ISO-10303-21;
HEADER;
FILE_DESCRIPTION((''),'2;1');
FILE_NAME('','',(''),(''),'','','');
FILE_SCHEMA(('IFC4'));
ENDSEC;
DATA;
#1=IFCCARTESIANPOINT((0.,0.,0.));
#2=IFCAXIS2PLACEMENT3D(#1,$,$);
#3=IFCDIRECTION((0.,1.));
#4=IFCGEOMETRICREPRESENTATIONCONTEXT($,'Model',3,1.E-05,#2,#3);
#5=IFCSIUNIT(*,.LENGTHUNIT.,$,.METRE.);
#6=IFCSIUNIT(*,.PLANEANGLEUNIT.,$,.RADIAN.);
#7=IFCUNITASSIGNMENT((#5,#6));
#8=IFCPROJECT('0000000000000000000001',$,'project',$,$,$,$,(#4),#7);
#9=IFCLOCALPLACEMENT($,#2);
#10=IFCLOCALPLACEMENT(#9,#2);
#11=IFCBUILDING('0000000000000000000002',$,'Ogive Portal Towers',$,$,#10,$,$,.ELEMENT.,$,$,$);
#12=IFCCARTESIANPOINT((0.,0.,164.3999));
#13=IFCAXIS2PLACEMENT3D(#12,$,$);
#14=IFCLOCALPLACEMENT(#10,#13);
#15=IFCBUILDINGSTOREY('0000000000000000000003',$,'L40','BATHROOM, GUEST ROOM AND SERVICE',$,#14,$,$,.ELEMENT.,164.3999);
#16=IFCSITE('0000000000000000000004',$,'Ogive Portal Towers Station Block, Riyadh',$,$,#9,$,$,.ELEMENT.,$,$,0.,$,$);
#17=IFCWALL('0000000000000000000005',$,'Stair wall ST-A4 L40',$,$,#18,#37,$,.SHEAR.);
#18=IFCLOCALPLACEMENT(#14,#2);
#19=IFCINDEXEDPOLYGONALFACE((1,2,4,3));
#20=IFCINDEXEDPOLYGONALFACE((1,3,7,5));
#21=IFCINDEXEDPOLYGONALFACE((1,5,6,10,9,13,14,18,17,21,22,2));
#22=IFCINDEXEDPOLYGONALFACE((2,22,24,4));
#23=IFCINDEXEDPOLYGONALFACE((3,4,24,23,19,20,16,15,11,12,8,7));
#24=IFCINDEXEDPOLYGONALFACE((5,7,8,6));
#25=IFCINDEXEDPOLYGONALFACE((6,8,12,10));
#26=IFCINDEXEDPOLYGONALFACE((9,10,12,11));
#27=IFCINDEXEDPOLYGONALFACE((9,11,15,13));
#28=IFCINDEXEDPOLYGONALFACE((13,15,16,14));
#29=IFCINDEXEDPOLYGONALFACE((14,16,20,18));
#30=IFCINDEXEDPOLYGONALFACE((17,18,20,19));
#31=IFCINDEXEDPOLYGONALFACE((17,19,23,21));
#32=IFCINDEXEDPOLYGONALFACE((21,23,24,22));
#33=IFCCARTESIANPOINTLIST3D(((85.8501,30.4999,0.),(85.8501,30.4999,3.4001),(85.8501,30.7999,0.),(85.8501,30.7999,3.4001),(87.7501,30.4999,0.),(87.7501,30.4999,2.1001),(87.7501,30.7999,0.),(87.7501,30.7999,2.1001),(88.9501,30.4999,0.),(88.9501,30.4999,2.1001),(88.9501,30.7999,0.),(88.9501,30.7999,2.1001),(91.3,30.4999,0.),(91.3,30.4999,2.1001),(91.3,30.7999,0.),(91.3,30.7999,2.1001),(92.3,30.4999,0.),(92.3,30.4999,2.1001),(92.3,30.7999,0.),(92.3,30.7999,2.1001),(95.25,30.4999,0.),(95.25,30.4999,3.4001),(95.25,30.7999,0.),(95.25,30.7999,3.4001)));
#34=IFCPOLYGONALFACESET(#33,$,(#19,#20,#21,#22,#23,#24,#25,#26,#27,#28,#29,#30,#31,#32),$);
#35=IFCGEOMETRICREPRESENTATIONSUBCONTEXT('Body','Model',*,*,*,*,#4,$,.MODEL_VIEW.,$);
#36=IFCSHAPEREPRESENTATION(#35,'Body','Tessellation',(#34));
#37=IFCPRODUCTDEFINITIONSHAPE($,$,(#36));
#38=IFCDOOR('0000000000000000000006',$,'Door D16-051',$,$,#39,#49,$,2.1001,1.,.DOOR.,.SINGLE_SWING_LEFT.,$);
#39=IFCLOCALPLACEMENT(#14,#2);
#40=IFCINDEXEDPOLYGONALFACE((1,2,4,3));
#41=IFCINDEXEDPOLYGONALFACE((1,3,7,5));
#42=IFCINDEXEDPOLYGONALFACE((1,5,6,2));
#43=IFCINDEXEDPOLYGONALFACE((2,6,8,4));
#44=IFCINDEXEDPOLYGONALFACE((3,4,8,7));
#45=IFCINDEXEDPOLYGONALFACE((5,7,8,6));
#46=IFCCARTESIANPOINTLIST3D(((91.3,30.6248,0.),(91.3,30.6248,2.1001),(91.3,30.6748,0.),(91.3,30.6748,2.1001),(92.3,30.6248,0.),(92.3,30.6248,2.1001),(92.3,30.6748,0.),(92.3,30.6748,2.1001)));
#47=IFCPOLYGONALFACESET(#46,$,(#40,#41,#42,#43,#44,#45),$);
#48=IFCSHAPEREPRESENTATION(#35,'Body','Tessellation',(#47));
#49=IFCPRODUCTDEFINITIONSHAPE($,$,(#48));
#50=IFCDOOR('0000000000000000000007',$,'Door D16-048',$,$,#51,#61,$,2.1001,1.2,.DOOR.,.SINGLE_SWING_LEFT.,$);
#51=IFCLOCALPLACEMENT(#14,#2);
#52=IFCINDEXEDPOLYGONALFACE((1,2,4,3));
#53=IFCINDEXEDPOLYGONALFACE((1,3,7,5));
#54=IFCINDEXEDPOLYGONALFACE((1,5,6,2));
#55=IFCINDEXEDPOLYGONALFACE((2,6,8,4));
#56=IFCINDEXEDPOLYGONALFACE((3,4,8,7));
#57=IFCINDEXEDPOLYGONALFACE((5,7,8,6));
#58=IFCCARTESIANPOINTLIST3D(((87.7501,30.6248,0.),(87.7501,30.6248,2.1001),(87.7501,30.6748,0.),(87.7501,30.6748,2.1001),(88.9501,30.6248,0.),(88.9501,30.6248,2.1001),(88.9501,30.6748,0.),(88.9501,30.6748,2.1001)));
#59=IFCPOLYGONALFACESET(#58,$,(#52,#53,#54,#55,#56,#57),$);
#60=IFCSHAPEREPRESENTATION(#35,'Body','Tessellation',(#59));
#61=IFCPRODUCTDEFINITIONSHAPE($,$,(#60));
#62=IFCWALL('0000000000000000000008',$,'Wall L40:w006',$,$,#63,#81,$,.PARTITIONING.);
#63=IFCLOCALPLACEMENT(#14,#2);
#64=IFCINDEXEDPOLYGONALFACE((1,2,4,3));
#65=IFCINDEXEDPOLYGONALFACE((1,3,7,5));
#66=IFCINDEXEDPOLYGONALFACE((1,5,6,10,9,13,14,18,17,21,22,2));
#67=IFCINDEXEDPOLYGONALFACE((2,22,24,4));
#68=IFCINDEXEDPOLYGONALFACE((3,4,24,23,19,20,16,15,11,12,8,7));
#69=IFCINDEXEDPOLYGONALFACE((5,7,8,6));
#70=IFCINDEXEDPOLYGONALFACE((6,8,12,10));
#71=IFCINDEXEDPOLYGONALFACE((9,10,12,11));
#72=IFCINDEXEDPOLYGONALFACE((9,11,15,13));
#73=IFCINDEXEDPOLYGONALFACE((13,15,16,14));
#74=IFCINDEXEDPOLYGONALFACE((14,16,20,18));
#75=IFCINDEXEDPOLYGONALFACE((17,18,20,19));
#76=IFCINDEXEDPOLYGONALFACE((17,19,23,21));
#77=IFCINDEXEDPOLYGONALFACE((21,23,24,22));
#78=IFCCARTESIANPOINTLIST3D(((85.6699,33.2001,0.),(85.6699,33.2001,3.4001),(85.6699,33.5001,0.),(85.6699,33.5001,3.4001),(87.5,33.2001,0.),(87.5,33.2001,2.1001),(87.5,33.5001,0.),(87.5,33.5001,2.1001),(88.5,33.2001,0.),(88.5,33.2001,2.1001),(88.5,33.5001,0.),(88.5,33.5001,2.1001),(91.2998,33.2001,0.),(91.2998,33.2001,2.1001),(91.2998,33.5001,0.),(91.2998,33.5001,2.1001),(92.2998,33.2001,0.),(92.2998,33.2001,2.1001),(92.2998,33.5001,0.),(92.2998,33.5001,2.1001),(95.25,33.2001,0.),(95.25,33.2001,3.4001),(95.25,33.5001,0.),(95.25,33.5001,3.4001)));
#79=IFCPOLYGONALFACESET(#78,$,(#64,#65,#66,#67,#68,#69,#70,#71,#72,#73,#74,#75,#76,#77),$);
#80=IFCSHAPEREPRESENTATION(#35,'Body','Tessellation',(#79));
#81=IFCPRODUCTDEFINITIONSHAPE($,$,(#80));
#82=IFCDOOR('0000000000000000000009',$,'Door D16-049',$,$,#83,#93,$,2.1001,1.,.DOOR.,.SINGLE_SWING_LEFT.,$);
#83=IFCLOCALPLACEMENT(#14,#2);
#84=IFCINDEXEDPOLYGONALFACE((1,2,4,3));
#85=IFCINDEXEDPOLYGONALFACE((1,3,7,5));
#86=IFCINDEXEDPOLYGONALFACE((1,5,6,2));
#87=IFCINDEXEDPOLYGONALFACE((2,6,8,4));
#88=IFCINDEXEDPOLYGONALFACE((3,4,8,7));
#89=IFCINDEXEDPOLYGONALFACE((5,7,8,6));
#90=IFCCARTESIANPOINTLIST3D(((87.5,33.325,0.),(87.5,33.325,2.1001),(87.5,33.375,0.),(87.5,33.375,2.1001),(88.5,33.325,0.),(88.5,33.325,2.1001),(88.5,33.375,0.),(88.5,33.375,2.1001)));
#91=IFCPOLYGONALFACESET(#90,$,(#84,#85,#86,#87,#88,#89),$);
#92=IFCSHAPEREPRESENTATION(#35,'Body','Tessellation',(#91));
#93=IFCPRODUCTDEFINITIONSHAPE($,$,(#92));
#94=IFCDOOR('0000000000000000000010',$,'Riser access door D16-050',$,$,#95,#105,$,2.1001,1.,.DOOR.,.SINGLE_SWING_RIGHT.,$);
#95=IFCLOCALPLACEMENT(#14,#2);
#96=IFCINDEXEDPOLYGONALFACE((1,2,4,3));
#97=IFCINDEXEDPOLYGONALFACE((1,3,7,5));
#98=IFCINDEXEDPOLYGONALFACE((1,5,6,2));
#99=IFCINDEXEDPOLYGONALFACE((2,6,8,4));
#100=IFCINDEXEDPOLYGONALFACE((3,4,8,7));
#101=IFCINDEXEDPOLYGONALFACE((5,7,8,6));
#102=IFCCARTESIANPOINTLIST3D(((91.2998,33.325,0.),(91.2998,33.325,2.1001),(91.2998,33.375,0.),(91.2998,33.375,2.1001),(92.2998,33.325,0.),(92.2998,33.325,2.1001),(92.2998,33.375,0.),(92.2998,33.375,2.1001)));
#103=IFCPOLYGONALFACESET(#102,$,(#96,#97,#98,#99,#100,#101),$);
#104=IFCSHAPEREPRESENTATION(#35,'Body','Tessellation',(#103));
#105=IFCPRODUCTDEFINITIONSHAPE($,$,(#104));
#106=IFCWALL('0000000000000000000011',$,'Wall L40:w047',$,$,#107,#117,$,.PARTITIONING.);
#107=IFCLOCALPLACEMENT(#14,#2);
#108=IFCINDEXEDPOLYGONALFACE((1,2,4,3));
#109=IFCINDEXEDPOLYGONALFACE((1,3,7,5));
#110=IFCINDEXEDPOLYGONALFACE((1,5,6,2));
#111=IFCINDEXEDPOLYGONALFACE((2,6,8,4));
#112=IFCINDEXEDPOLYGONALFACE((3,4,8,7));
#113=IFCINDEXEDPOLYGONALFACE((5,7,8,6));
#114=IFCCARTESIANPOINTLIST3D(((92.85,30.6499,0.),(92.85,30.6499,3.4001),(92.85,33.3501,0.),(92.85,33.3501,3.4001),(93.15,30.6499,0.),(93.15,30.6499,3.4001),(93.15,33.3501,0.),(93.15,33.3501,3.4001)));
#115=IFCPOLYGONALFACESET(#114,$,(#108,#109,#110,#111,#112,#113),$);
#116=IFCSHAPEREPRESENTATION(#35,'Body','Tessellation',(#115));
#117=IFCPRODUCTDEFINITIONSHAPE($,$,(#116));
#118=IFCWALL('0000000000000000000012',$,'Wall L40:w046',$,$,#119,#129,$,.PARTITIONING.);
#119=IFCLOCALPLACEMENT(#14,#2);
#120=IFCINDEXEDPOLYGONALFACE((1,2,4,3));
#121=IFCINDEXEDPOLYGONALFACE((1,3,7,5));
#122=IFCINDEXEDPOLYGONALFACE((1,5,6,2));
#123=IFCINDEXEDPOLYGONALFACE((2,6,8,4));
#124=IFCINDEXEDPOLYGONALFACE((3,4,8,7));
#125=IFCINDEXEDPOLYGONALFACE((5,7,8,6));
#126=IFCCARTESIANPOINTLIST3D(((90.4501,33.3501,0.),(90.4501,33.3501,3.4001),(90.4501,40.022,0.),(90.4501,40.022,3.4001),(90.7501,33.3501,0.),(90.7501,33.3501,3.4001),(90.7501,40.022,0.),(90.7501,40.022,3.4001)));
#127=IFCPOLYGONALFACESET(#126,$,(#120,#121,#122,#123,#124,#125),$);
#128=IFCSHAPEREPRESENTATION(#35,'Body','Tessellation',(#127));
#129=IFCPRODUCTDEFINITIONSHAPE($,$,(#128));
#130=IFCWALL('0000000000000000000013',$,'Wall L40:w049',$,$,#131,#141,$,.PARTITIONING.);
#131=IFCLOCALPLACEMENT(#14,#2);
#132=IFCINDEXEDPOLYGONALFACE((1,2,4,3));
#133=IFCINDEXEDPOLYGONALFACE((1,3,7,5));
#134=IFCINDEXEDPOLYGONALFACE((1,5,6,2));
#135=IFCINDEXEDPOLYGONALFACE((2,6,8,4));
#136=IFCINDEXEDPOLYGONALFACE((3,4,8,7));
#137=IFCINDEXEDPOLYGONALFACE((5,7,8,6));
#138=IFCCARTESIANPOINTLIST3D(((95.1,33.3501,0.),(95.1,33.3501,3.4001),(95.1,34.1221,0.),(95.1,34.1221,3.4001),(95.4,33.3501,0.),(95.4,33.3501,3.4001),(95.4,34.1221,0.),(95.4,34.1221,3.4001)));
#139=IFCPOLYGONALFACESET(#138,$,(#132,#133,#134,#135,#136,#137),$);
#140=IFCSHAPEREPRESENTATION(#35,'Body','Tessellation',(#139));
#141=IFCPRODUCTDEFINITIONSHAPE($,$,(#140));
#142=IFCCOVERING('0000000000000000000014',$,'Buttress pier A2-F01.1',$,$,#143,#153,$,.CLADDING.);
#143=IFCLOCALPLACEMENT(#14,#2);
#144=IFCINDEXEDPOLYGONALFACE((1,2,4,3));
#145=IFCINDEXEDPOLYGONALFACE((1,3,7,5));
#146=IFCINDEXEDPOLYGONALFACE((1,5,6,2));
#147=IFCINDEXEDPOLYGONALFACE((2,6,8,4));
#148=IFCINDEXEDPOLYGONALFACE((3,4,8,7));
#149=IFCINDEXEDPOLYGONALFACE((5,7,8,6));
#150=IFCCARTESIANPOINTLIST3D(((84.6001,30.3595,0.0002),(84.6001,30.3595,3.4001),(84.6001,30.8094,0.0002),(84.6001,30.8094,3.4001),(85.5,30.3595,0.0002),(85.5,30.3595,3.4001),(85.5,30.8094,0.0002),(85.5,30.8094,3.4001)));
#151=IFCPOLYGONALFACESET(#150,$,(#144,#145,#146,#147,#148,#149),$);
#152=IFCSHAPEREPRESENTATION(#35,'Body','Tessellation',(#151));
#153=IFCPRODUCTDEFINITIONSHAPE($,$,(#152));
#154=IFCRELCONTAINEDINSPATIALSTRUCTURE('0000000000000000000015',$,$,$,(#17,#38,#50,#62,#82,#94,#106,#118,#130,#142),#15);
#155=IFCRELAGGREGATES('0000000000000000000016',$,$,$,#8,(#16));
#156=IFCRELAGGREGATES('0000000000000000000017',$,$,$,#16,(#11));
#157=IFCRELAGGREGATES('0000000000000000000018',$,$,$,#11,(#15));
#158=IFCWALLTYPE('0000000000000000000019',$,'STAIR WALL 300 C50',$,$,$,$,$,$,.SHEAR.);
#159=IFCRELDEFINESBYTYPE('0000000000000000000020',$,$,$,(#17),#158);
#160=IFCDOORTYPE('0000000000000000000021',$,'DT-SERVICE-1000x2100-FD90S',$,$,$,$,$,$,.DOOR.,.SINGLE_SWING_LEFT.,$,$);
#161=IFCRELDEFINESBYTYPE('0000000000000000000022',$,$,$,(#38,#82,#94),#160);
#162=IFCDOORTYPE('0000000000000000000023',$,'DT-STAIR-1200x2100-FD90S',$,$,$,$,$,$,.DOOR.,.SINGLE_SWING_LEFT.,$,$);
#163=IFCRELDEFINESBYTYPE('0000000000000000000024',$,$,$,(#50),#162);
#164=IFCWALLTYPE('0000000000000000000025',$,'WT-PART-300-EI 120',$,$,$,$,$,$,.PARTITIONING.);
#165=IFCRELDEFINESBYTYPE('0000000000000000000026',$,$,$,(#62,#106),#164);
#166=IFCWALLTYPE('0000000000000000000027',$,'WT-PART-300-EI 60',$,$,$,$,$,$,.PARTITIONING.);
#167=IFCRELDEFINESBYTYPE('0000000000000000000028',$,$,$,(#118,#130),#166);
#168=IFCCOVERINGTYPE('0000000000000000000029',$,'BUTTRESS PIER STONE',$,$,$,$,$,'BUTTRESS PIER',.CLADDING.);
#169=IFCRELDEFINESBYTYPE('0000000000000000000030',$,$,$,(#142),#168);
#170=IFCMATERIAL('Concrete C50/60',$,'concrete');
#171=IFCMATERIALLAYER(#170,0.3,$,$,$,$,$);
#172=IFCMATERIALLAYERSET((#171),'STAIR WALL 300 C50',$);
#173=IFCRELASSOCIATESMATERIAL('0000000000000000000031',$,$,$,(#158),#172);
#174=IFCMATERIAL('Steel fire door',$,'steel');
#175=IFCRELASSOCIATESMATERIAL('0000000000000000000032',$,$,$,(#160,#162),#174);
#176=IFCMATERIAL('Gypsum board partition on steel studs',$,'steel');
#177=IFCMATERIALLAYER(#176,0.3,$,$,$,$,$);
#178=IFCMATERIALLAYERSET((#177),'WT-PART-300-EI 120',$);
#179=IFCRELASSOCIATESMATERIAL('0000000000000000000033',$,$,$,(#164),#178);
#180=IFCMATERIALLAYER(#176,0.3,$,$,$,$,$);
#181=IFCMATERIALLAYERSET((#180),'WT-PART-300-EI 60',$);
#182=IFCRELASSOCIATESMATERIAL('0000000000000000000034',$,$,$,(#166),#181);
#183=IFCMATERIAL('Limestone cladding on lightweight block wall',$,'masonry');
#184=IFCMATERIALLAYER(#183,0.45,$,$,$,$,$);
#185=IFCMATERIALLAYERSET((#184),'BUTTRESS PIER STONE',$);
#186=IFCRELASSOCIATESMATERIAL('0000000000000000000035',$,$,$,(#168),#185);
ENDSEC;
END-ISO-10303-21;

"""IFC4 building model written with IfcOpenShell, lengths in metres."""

from ifc_helpers import new_model, si_unit, direction, frame, frame_2d, origin, origin_2d, place, context, subcontext, project, spatial, rectangle, extrude, material, layer, layer_set, type_object, element, fill, save


model = new_model("IFC4")

# Units and contexts
model_context = context("Model", 3, precision=1e-05, world=origin(), true_north=direction((0.0, 1.0)))
body_context = subcontext(model_context, "Body", "Model", "MODEL_VIEW")
ifc_project = project(units=[si_unit("LENGTHUNIT", "METRE"), si_unit("PLANEANGLEUNIT", "RADIAN")], contexts=[model_context])

# Site, building, storey
site_placement = place(None, origin())
site = spatial("IfcSite", under=ifc_project, at=site_placement, Name="Ogive Portal Towers Station Block, Riyadh", CompositionType="ELEMENT", RefElevation=0.0)
building_placement = place(site_placement, origin())
building = spatial("IfcBuilding", under=site, at=building_placement, Name="Ogive Portal Towers", CompositionType="ELEMENT")
storey_placement = place(building_placement, frame((0.0, 0.0, 164.3999)))
storey = spatial("IfcBuildingStorey", under=building, at=storey_placement, Name="L40", Description="BATHROOM, GUEST ROOM AND SERVICE", CompositionType="ELEMENT", Elevation=164.3999)

# Walls, openings, doors
ifc_material_1 = material(Name="Concrete C50/60", Category="concrete")
ifc_layer_1 = layer(ifc_material_1, 0.3)
ifc_layer_set_1 = layer_set([ifc_layer_1], Name="STAIR WALL 300 C50")
wall_type_1 = type_object("IfcWallType", Name="STAIR WALL 300 C50", PredefinedType="SHEAR", material=ifc_layer_set_1)
wall_1_placement = place(storey_placement, frame((85.8501, 30.6499, 0.0), z_axis=(0.0, 0.0, 1.0), x_axis=(1.0, 0.0, 0.0)))
wall_1 = element("IfcWall", 1, at=wall_1_placement, inside=storey, type_object=wall_type_1, Name="Stair wall ST-A4 L40", PredefinedType="SHEAR", context=body_context, shape_type="SweptSolid", body=[
    extrude(rectangle(XDim=9.3999, YDim=0.3, at=frame_2d((4.7, 0.0))), origin(), (0.0, 0.0, 1.0), 3.4001),
])
opening_1_placement = place(wall_1_placement, frame((1.8999, 0.0, 0.0)))
opening_1 = element("IfcOpeningElement", 2, at=opening_1_placement, cuts=wall_1, PredefinedType="OPENING", context=body_context, shape_type="SweptSolid", body=[
    extrude(rectangle(XDim=1.2, YDim=2.1001, at=frame_2d((0.6001, 1.05))), frame((0.0, 0.1602, 0.0), z_axis=(0.0, -1.0, 0.0), x_axis=(1.0, 0.0, 0.0)), (0.0, 0.0, 1.0), 0.3201),
])
opening_2_placement = place(wall_1_placement, frame((5.45, 0.0, 0.0)))
opening_2 = element("IfcOpeningElement", 3, at=opening_2_placement, cuts=wall_1, PredefinedType="OPENING", context=body_context, shape_type="SweptSolid", body=[
    extrude(rectangle(XDim=1.0, YDim=2.1001, at=frame_2d((0.5, 1.05))), frame((0.0, 0.1602, 0.0), z_axis=(0.0, -1.0, 0.0), x_axis=(1.0, 0.0, 0.0)), (0.0, 0.0, 1.0), 0.3201),
])
ifc_material_2 = material(Name="Steel fire door", Category="steel")
door_type_1 = type_object("IfcDoorType", Name="DT-SERVICE-1000x2100-FD90S", OperationType="SINGLE_SWING_LEFT", PredefinedType="DOOR", material=ifc_material_2)
door_1_placement = place(opening_2_placement, origin())
door_1 = element("IfcDoor", 4, at=door_1_placement, inside=storey, type_object=door_type_1, Name="Door D16-051", OperationType="SINGLE_SWING_LEFT", OverallHeight=2.1001, OverallWidth=1.0, PredefinedType="DOOR", context=body_context, shape_type="SweptSolid", body=[
    extrude(rectangle(XDim=1.0, YDim=2.1001, at=frame_2d((0.5, 1.05))), frame((0.0, 0.0249, 0.0), z_axis=(0.0, -1.0, 0.0), x_axis=(1.0, 0.0, 0.0)), (0.0, 0.0, 1.0), 0.05),
])
fill(opening_2, door_1)
door_type_2 = type_object("IfcDoorType", Name="DT-STAIR-1200x2100-FD90S", OperationType="SINGLE_SWING_LEFT", PredefinedType="DOOR", material=ifc_material_2)
door_2_placement = place(opening_1_placement, origin())
door_2 = element("IfcDoor", 5, at=door_2_placement, inside=storey, type_object=door_type_2, Name="Door D16-048", OperationType="SINGLE_SWING_LEFT", OverallHeight=2.1001, OverallWidth=1.2, PredefinedType="DOOR", context=body_context, shape_type="SweptSolid", body=[
    extrude(rectangle(XDim=1.2, YDim=2.1001, at=frame_2d((0.6001, 1.05))), frame((0.0, 0.0249, 0.0), z_axis=(0.0, -1.0, 0.0), x_axis=(1.0, 0.0, 0.0)), (0.0, 0.0, 1.0), 0.05),
])
fill(opening_1, door_2)
ifc_material_3 = material(Name="Gypsum board partition on steel studs", Category="steel")
ifc_layer_2 = layer(ifc_material_3, 0.3)
ifc_layer_set_2 = layer_set([ifc_layer_2], Name="WT-PART-300-EI 120")
wall_type_2 = type_object("IfcWallType", Name="WT-PART-300-EI 120", PredefinedType="PARTITIONING", material=ifc_layer_set_2)
wall_2_placement = place(storey_placement, frame((85.6699, 33.3501, 0.0), z_axis=(0.0, 0.0, 1.0), x_axis=(1.0, 0.0, 0.0)))
wall_2 = element("IfcWall", 6, at=wall_2_placement, inside=storey, type_object=wall_type_2, Name="Wall L40:w006", PredefinedType="PARTITIONING", context=body_context, shape_type="SweptSolid", body=[
    extrude(rectangle(XDim=9.5801, YDim=0.3, at=frame_2d((4.79, 0.0))), origin(), (0.0, 0.0, 1.0), 3.4001),
])
opening_3_placement = place(wall_2_placement, frame((1.8301, 0.0, 0.0)))
opening_3 = element("IfcOpeningElement", 7, at=opening_3_placement, cuts=wall_2, PredefinedType="OPENING", context=body_context, shape_type="SweptSolid", body=[
    extrude(rectangle(XDim=1.0, YDim=2.1001, at=frame_2d((0.5, 1.05))), frame((0.0, 0.1602, 0.0), z_axis=(0.0, -1.0, 0.0), x_axis=(1.0, 0.0, 0.0)), (0.0, 0.0, 1.0), 0.3201),
])
opening_4_placement = place(wall_2_placement, frame((5.6299, 0.0, 0.0)))
opening_4 = element("IfcOpeningElement", 8, at=opening_4_placement, cuts=wall_2, PredefinedType="OPENING", context=body_context, shape_type="SweptSolid", body=[
    extrude(rectangle(XDim=1.0, YDim=2.1001, at=frame_2d((0.5, 1.05))), frame((0.0, 0.1602, 0.0), z_axis=(0.0, -1.0, 0.0), x_axis=(1.0, 0.0, 0.0)), (0.0, 0.0, 1.0), 0.3201),
])
door_3_placement = place(opening_3_placement, origin())
door_3 = element("IfcDoor", 9, at=door_3_placement, inside=storey, type_object=door_type_1, Name="Door D16-049", OperationType="SINGLE_SWING_LEFT", OverallHeight=2.1001, OverallWidth=1.0, PredefinedType="DOOR", context=body_context, shape_type="SweptSolid", body=[
    extrude(rectangle(XDim=1.0, YDim=2.1001, at=frame_2d((0.5, 1.05))), frame((0.0, 0.0249, 0.0), z_axis=(0.0, -1.0, 0.0), x_axis=(1.0, 0.0, 0.0)), (0.0, 0.0, 1.0), 0.05),
])
fill(opening_3, door_3)
door_4_placement = place(opening_4_placement, origin())
door_4 = element("IfcDoor", 10, at=door_4_placement, inside=storey, type_object=door_type_1, Name="Riser access door D16-050", OperationType="SINGLE_SWING_RIGHT", OverallHeight=2.1001, OverallWidth=1.0, PredefinedType="DOOR", context=body_context, shape_type="SweptSolid", body=[
    extrude(rectangle(XDim=1.0, YDim=2.1001, at=frame_2d((0.5, 1.05))), frame((0.0, 0.0249, 0.0), z_axis=(0.0, -1.0, 0.0), x_axis=(1.0, 0.0, 0.0)), (0.0, 0.0, 1.0), 0.05),
])
fill(opening_4, door_4)

# Walls
wall_3_placement = place(storey_placement, frame((93.0, 30.6499, 0.0), z_axis=(0.0, 0.0, 1.0), x_axis=(0.0, 1.0, 0.0)))
element("IfcWall", 11, at=wall_3_placement, inside=storey, type_object=wall_type_2, Name="Wall L40:w047", PredefinedType="PARTITIONING", context=body_context, shape_type="SweptSolid", body=[
    extrude(rectangle(XDim=2.7002, YDim=0.3, at=frame_2d((1.3501, 0.0))), origin(), (0.0, 0.0, 1.0), 3.4001),
])
ifc_layer_3 = layer(ifc_material_3, 0.3)
ifc_layer_set_3 = layer_set([ifc_layer_3], Name="WT-PART-300-EI 60")
wall_type_3 = type_object("IfcWallType", Name="WT-PART-300-EI 60", PredefinedType="PARTITIONING", material=ifc_layer_set_3)
wall_4_placement = place(storey_placement, frame((90.6001, 33.3501, 0.0), z_axis=(0.0, 0.0, 1.0), x_axis=(0.0, 1.0, 0.0)))
element("IfcWall", 12, at=wall_4_placement, inside=storey, type_object=wall_type_3, Name="Wall L40:w046", PredefinedType="PARTITIONING", context=body_context, shape_type="SweptSolid", body=[
    extrude(rectangle(XDim=6.6719, YDim=0.3, at=frame_2d((3.3359, 0.0))), origin(), (0.0, 0.0, 1.0), 3.4001),
])
wall_5_placement = place(storey_placement, frame((95.25, 33.3501, 0.0), z_axis=(0.0, 0.0, 1.0), x_axis=(0.0, 1.0, 0.0)))
element("IfcWall", 13, at=wall_5_placement, inside=storey, type_object=wall_type_3, Name="Wall L40:w049", PredefinedType="PARTITIONING", context=body_context, shape_type="SweptSolid", body=[
    extrude(rectangle(XDim=0.772, YDim=0.3, at=frame_2d((0.386, 0.0))), origin(), (0.0, 0.0, 1.0), 3.4001),
])

# Covering
ifc_material_4 = material(Name="Limestone cladding on lightweight block wall", Category="masonry")
ifc_layer_4 = layer(ifc_material_4, 0.45)
ifc_layer_set_4 = layer_set([ifc_layer_4], Name="BUTTRESS PIER STONE")
covering_type = type_object("IfcCoveringType", Name="BUTTRESS PIER STONE", ElementType="BUTTRESS PIER", PredefinedType="CLADDING", material=ifc_layer_set_4)
covering_placement = place(storey_placement, frame((85.05, 30.5845, 0.0002), z_axis=(0.0, 0.0, 1.0), x_axis=(1.0, 0.0, 0.0)))
element("IfcCovering", 14, at=covering_placement, inside=storey, type_object=covering_type, Name="Buttress pier A2-F01.1", PredefinedType="CLADDING", context=body_context, shape_type="SweptSolid", body=[
    extrude(rectangle(XDim=0.8999, YDim=0.45, at=origin_2d()), origin(), (0.0, 0.0, 1.0), 3.3999),
])

save(model, "model.ifc")
